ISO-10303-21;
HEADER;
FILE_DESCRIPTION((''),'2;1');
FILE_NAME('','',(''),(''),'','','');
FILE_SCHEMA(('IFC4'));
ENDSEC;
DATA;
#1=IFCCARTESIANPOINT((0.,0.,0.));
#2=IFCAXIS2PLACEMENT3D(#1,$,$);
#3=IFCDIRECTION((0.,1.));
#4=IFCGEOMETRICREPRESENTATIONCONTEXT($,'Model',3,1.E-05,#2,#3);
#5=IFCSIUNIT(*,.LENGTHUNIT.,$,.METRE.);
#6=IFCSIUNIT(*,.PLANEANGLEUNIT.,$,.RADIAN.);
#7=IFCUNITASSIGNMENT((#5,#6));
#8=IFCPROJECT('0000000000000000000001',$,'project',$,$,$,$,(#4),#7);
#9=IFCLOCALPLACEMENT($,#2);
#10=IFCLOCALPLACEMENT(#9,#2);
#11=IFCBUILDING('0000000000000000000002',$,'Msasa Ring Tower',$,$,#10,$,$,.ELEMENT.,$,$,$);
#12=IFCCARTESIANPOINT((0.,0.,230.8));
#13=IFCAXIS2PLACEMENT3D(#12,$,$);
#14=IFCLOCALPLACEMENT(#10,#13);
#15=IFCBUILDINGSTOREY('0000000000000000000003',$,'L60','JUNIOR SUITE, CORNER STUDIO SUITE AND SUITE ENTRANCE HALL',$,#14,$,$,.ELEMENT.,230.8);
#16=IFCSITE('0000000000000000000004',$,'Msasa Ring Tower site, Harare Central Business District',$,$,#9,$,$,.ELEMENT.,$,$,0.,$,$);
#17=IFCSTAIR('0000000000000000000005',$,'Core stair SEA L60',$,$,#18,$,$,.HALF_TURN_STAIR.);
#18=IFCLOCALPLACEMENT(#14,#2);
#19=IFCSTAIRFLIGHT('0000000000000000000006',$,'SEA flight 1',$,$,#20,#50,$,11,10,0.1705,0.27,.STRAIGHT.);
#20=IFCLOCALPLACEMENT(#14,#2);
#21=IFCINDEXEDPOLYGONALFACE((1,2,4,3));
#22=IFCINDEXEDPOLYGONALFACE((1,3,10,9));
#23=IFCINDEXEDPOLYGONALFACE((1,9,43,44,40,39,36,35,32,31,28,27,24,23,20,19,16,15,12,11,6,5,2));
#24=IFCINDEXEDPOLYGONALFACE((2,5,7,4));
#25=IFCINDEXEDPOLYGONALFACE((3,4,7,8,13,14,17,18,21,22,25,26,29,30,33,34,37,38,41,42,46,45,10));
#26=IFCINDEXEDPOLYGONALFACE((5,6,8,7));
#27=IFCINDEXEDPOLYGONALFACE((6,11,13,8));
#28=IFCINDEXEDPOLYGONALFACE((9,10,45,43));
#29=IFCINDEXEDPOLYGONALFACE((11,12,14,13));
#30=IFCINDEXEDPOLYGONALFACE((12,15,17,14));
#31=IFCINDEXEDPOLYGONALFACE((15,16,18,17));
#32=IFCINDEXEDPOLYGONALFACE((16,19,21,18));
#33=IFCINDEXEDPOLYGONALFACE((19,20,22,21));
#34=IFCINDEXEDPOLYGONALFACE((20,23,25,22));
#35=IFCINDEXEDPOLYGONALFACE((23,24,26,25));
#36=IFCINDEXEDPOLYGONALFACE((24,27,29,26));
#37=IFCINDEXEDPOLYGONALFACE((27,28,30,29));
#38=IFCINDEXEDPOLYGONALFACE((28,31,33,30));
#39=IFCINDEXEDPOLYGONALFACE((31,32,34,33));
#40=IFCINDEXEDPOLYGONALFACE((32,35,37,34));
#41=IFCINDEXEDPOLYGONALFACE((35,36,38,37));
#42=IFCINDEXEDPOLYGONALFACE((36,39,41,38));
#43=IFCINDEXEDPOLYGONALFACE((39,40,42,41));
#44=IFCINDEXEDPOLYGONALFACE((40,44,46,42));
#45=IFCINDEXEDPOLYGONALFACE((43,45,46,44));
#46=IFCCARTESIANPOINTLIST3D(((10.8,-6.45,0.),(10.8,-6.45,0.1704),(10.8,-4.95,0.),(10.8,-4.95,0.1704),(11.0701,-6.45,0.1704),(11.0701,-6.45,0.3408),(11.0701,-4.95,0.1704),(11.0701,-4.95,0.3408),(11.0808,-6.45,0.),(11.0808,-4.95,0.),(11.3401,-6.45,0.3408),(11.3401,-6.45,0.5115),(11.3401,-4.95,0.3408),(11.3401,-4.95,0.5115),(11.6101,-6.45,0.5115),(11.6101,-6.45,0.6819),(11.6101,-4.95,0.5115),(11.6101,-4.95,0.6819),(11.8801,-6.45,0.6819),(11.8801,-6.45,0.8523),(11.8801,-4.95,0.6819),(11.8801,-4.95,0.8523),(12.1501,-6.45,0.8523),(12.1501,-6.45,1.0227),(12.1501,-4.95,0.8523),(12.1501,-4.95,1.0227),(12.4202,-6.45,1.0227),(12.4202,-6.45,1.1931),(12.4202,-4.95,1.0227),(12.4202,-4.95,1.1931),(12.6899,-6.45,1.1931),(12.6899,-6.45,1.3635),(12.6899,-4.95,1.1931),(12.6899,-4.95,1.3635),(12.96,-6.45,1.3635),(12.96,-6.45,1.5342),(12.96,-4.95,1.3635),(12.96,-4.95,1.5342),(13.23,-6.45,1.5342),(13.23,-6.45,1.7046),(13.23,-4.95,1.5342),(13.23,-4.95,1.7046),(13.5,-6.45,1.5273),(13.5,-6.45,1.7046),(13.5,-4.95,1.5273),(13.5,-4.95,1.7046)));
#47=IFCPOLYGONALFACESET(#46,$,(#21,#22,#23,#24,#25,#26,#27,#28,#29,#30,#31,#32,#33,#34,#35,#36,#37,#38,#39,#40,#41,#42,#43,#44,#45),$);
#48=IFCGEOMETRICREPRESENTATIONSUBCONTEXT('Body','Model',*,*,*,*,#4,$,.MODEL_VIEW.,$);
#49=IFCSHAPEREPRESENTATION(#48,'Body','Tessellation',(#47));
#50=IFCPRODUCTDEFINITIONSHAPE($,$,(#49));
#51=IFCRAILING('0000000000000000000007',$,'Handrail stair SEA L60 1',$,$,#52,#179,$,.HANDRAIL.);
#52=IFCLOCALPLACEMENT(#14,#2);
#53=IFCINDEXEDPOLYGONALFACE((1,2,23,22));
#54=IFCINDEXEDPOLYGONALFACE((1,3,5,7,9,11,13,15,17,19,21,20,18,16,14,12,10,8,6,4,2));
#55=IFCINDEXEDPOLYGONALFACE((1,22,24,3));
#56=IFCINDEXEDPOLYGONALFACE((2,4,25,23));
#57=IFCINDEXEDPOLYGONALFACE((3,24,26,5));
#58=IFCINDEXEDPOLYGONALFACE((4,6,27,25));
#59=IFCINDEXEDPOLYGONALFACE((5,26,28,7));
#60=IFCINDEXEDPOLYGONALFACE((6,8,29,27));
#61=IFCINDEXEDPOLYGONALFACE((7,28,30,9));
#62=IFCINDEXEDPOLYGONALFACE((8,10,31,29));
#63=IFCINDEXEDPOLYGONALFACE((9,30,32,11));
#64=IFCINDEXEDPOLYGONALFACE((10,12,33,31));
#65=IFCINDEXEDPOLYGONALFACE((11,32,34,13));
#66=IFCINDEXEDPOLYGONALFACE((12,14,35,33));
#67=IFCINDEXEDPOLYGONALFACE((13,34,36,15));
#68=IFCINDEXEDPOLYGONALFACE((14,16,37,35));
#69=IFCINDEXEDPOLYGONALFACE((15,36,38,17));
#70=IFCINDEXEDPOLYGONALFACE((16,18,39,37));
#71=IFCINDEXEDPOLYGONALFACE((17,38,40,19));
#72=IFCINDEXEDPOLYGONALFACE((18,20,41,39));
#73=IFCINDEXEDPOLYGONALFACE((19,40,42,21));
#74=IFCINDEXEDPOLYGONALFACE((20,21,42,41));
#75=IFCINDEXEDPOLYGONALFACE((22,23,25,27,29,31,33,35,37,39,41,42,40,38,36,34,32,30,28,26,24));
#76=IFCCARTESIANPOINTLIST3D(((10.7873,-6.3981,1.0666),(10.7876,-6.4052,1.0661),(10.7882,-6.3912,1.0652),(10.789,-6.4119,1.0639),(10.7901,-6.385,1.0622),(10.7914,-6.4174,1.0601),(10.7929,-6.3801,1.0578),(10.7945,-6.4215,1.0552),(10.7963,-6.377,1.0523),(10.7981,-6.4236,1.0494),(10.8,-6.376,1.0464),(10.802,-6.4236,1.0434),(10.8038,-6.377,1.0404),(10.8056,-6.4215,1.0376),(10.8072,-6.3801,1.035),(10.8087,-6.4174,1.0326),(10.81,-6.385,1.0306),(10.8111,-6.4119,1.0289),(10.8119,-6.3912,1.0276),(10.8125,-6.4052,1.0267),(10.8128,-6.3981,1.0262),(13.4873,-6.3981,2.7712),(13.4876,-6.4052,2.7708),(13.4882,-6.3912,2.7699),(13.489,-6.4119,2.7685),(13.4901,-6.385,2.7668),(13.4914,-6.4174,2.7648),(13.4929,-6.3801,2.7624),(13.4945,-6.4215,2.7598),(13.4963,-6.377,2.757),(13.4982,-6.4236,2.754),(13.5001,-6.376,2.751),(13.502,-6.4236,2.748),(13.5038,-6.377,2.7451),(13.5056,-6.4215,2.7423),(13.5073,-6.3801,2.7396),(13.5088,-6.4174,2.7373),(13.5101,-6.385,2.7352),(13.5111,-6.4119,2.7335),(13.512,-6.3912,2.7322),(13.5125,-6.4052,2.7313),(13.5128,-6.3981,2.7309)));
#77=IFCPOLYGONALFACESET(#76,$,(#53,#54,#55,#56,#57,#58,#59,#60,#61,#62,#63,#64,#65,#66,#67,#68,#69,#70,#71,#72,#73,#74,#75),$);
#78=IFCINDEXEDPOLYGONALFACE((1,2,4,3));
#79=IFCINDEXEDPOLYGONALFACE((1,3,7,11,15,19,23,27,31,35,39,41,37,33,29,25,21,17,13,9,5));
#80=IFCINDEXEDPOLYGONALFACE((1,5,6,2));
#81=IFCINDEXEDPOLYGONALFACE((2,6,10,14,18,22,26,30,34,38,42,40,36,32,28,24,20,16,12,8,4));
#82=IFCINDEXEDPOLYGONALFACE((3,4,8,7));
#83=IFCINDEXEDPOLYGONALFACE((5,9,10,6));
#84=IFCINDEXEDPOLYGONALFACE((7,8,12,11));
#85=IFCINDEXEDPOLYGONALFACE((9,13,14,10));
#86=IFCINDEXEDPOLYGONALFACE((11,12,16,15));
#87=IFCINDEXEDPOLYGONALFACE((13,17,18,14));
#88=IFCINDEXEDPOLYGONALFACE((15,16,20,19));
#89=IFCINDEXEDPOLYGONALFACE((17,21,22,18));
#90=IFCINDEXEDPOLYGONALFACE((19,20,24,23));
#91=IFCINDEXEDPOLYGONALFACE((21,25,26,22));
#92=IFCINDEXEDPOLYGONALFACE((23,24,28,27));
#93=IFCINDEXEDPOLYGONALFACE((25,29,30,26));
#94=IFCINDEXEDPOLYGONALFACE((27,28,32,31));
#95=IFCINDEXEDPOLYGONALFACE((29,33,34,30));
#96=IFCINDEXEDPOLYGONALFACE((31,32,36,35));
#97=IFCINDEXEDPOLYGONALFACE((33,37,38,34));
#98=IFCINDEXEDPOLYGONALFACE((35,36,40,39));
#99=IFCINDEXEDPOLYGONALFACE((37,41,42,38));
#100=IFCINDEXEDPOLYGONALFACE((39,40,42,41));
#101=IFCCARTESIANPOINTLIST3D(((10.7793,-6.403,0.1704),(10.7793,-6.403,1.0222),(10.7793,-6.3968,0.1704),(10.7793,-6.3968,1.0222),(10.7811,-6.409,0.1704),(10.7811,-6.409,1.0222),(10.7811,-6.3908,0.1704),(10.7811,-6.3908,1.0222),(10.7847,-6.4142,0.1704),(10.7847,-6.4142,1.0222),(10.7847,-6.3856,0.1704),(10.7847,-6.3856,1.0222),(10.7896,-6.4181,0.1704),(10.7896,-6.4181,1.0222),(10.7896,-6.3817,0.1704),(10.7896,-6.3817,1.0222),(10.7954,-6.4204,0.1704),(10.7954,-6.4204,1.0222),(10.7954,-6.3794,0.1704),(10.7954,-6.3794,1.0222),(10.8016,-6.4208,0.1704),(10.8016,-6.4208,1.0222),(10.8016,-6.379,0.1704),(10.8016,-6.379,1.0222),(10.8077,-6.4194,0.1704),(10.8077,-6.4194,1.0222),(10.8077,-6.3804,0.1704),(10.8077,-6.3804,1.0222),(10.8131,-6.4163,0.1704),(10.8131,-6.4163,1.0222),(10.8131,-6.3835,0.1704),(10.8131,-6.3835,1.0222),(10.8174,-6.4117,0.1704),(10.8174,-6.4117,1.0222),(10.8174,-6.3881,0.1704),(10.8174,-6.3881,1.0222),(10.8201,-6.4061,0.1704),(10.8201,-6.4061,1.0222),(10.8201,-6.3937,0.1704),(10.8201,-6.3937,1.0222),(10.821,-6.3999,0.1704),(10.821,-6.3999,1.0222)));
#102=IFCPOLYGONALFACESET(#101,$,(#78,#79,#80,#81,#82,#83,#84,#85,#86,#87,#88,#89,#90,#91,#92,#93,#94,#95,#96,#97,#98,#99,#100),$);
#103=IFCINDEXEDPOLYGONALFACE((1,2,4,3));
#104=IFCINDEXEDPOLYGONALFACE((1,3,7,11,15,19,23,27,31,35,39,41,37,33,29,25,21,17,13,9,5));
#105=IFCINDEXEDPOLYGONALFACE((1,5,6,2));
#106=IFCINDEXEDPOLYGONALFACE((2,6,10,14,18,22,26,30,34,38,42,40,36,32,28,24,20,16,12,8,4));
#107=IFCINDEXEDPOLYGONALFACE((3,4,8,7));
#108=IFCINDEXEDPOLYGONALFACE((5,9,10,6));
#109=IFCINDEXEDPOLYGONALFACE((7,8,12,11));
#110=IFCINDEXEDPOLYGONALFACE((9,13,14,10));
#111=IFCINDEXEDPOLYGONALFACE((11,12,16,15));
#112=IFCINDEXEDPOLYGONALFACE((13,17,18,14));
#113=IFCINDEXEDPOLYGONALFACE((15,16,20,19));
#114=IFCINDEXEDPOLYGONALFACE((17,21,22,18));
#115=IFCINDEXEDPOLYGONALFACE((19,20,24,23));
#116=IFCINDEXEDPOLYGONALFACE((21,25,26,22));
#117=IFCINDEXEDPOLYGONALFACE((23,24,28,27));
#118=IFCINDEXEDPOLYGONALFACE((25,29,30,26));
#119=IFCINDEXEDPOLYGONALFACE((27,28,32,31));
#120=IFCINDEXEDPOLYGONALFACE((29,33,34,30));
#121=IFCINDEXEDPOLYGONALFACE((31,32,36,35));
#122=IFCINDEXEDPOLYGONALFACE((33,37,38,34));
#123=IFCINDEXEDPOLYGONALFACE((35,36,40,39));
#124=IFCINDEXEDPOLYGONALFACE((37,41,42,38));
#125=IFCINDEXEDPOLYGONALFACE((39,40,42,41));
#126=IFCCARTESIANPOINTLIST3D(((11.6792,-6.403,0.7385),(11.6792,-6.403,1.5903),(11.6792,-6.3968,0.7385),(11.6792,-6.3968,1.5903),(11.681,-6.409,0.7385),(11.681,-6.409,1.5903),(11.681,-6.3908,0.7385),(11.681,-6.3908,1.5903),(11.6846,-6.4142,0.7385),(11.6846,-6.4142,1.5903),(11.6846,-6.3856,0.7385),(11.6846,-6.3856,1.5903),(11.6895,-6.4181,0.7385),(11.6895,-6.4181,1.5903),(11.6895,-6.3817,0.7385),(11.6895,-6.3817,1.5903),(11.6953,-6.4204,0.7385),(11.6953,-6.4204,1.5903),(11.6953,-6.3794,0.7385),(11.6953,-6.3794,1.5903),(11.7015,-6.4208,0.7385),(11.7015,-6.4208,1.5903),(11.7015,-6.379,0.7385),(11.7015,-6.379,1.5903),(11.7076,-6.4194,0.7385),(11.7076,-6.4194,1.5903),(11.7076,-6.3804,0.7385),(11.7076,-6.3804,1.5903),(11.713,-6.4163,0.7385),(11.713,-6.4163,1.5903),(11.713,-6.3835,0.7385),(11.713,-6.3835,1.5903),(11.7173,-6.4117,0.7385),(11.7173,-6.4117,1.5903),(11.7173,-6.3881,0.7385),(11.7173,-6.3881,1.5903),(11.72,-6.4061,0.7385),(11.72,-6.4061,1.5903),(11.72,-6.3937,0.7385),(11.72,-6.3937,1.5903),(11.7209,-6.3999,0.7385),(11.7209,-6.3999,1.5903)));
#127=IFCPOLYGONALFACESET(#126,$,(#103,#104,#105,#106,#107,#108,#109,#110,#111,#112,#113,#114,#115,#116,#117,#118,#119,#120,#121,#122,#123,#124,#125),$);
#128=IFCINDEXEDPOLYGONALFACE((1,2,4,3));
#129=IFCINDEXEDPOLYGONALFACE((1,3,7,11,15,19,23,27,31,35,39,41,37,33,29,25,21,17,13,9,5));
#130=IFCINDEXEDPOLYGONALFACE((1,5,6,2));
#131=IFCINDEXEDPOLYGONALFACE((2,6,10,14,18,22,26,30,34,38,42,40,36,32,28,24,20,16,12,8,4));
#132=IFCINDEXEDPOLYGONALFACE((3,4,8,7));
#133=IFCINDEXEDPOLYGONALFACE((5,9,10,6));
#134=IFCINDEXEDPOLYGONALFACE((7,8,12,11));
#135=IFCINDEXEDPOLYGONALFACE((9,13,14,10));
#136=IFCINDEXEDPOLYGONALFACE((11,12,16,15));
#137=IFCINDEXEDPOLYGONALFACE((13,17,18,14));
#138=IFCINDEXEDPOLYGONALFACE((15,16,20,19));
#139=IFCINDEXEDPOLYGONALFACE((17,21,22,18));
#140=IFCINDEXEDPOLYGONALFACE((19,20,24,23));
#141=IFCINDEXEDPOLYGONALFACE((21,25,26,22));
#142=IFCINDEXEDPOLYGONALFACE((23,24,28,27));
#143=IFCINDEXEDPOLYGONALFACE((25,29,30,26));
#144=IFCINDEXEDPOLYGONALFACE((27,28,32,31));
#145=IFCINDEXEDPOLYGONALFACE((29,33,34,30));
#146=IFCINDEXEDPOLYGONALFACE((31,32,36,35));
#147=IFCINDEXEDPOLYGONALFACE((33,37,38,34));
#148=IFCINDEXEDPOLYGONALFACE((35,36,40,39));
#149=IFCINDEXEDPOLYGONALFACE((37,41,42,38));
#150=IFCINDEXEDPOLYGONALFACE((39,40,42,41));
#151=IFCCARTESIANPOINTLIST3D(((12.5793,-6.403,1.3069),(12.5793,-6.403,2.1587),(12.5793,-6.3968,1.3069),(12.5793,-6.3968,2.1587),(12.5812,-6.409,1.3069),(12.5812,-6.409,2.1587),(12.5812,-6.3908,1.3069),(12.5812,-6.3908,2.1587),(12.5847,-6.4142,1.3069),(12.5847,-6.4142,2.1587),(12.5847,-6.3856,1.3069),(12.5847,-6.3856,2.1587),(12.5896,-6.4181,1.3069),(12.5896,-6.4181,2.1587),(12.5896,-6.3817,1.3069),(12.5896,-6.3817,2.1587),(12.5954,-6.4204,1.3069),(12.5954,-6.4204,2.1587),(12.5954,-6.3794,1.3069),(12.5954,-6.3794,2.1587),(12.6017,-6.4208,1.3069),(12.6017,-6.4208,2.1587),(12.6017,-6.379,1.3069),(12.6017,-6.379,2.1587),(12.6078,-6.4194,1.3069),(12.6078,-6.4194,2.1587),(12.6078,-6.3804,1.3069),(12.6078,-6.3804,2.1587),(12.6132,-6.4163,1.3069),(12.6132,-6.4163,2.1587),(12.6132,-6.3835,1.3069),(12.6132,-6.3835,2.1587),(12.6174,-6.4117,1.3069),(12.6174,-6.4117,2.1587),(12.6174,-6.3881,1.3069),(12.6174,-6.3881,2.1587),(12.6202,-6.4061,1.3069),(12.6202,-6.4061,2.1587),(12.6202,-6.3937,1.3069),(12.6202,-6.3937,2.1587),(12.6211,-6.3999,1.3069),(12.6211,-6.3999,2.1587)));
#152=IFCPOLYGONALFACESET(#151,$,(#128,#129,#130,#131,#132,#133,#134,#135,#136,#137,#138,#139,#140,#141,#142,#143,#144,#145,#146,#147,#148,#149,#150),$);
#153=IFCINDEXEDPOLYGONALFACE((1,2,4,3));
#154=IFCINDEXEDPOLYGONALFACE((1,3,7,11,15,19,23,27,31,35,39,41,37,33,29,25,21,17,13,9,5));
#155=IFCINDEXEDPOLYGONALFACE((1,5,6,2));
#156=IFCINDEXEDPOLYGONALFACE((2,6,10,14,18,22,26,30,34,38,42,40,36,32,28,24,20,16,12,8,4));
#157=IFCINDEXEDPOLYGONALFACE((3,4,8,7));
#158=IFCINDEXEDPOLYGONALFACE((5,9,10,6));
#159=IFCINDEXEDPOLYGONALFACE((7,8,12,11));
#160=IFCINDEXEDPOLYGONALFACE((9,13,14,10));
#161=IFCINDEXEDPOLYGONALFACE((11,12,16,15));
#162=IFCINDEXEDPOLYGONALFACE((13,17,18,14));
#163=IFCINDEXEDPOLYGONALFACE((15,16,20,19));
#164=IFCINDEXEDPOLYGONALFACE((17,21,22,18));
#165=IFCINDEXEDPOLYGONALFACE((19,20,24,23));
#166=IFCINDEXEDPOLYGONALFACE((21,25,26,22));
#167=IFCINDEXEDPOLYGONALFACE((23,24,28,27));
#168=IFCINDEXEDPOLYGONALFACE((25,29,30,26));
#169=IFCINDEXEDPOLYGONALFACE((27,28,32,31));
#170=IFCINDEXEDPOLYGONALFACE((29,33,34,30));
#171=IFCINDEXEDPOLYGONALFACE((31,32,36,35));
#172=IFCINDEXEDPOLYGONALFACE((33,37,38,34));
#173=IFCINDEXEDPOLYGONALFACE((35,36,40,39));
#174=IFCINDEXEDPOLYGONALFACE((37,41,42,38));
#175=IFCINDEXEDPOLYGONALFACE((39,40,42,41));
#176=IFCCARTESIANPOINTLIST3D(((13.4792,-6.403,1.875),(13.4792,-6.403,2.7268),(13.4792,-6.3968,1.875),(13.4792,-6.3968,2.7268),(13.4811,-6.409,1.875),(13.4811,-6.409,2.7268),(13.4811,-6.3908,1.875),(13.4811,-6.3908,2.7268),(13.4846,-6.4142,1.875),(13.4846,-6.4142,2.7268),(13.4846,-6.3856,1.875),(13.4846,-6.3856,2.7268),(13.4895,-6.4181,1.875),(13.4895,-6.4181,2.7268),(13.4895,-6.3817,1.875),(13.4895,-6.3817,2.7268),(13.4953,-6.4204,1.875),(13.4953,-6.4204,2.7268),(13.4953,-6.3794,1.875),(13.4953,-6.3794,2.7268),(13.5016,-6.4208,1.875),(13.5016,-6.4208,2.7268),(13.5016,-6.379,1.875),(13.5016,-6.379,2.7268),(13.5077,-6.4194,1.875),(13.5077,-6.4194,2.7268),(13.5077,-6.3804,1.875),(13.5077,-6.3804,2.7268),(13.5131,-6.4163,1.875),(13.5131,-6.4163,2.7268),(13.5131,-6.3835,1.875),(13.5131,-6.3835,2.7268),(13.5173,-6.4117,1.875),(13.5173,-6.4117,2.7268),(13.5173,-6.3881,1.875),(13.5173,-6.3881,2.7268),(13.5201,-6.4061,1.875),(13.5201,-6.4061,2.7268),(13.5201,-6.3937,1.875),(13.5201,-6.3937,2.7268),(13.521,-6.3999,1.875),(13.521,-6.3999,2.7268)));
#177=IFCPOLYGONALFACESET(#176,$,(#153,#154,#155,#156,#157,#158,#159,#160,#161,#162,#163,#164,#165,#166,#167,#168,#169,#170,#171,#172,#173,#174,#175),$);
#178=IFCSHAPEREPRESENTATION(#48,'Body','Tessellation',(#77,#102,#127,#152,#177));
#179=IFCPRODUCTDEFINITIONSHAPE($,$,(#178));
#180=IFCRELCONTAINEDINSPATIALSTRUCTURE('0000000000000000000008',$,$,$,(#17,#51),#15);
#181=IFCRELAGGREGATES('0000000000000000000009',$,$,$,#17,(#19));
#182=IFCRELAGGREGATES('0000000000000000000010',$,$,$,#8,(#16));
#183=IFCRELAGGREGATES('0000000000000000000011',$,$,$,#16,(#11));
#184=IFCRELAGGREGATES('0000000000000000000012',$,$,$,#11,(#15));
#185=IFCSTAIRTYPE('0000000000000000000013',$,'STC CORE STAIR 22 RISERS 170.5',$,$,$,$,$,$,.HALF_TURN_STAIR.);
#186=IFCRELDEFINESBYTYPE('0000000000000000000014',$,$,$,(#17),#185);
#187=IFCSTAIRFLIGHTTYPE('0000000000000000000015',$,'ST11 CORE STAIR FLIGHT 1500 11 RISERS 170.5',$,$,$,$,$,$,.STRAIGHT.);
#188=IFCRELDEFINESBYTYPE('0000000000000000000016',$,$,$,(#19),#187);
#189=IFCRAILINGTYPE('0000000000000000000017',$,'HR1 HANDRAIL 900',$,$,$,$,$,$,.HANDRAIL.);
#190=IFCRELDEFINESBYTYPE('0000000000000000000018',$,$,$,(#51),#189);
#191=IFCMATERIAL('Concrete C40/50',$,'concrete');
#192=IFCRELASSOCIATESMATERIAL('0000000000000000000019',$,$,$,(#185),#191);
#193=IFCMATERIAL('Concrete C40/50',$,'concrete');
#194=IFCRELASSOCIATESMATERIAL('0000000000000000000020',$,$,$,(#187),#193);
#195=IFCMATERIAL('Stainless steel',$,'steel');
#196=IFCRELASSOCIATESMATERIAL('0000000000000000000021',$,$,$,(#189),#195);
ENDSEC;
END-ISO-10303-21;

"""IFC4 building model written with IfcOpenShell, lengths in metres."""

from ifc_helpers import new_model, si_unit, direction, frame, origin, origin_2d, place, context, subcontext, project, spatial, polyline, circle, outline, extrude, material, type_object, element, aggregate, save


model = new_model("IFC4")

# Units and contexts
model_context = context("Model", 3, precision=1e-05, world=origin(), true_north=direction((0.0, 1.0)))
body_context = subcontext(model_context, "Body", "Model", "MODEL_VIEW")
ifc_project = project(units=[si_unit("LENGTHUNIT", "METRE"), si_unit("PLANEANGLEUNIT", "RADIAN")], contexts=[model_context])

# Site, building, storey
site_placement = place(None, origin())
site = spatial("IfcSite", under=ifc_project, at=site_placement, Name="Msasa Ring Tower site, Harare Central Business District", CompositionType="ELEMENT", RefElevation=0.0)
building_placement = place(site_placement, origin())
building = spatial("IfcBuilding", under=site, at=building_placement, Name="Msasa Ring Tower", CompositionType="ELEMENT")
storey_placement = place(building_placement, frame((0.0, 0.0, 230.8)))
storey = spatial("IfcBuildingStorey", under=building, at=storey_placement, Name="L60", Description="JUNIOR SUITE, CORNER STUDIO SUITE AND SUITE ENTRANCE HALL", CompositionType="ELEMENT", Elevation=230.8)

# Stair
ifc_material_1 = material(Name="Concrete C40/50", Category="concrete")
stair_type = type_object("IfcStairType", Name="STC CORE STAIR 22 RISERS 170.5", PredefinedType="HALF_TURN_STAIR", material=ifc_material_1)
stair_1_placement = place(storey_placement, origin())
stair_1 = element("IfcStair", 1, at=stair_1_placement, inside=storey, type_object=stair_type, Name="Core stair SEA L60", PredefinedType="HALF_TURN_STAIR")

# Stair flight
ifc_material_2 = material(Name="Concrete C40/50", Category="concrete")
stair_flight_type = type_object("IfcStairFlightType", Name="ST11 CORE STAIR FLIGHT 1500 11 RISERS 170.5", PredefinedType="STRAIGHT", material=ifc_material_2)
stair_flight_placement = place(storey_placement, frame((10.8, -5.7, 0.0), z_axis=(0.0, 0.0, 1.0), x_axis=(1.0, 0.0, 0.0)))
stair_flight = element("IfcStairFlight", 2, at=stair_flight_placement, type_object=stair_flight_type, Name="SEA flight 1", NumberOfRisers=11, NumberOfTreads=10, PredefinedType="STRAIGHT", RiserHeight=0.1705, TreadLength=0.27, context=body_context, shape_type="SweptSolid", body=[
    extrude(outline(polyline([(0.0, 0.0), (0.0, 0.1704), (0.27, 0.1704), (0.27, 0.3408), (0.54, 0.3408), (0.54, 0.5115), (0.8101, 0.5115), (0.8101, 0.6819), (1.0801, 0.6819), (1.0801, 0.8523), (1.3501, 0.8523), (1.3501, 1.0227), (1.6201, 1.0227), (1.6201, 1.1931), (1.8899, 1.1931), (1.8899, 1.3635), (2.1599, 1.3635), (2.1599, 1.5342), (2.4299, 1.5342), (2.4299, 1.7046), (2.7, 1.7046), (2.7, 1.875), (2.7, 1.5273), (0.2808, 0.0), (0.0, 0.0)])), frame((0.0, 0.75, 0.0), z_axis=(0.0, -1.0, 0.0), x_axis=(1.0, 0.0, 0.0)), (0.0, 0.0, 1.0), 1.5),
])
aggregate(stair_1, [stair_flight])

# Railing
ifc_material_3 = material(Name="Stainless steel", Category="steel")
railing_type = type_object("IfcRailingType", Name="HR1 HANDRAIL 900", PredefinedType="HANDRAIL", material=ifc_material_3)
railing_placement = place(storey_placement, frame((10.8, -6.3999, 0.1704)))
element("IfcRailing", 3, at=railing_placement, inside=storey, type_object=railing_type, Name="Handrail stair SEA L60 1", PredefinedType="HANDRAIL", context=body_context, shape_type="SweptSolid", body=[
    extrude(circle(Radius=0.0239, at=origin_2d()), frame((0.0, 0.0, 0.876), z_axis=(0.84558, 0.0, 0.533849), x_axis=(0.0, 1.0, 0.0)), (0.0, 0.0, 1.0), 3.1931),
    extrude(circle(Radius=0.021, at=origin_2d()), origin(), (0.0, 0.0, 1.0), 0.8518),
    extrude(circle(Radius=0.021, at=origin_2d()), frame((0.8999, 0.0, 0.5681)), (0.0, 0.0, 1.0), 0.8518),
    extrude(circle(Radius=0.021, at=origin_2d()), frame((1.8, 0.0, 1.1365)), (0.0, 0.0, 1.0), 0.8518),
    extrude(circle(Radius=0.021, at=origin_2d()), frame((2.7, 0.0, 1.7046)), (0.0, 0.0, 1.0), 0.8518),
])

save(model, "model.ifc")
